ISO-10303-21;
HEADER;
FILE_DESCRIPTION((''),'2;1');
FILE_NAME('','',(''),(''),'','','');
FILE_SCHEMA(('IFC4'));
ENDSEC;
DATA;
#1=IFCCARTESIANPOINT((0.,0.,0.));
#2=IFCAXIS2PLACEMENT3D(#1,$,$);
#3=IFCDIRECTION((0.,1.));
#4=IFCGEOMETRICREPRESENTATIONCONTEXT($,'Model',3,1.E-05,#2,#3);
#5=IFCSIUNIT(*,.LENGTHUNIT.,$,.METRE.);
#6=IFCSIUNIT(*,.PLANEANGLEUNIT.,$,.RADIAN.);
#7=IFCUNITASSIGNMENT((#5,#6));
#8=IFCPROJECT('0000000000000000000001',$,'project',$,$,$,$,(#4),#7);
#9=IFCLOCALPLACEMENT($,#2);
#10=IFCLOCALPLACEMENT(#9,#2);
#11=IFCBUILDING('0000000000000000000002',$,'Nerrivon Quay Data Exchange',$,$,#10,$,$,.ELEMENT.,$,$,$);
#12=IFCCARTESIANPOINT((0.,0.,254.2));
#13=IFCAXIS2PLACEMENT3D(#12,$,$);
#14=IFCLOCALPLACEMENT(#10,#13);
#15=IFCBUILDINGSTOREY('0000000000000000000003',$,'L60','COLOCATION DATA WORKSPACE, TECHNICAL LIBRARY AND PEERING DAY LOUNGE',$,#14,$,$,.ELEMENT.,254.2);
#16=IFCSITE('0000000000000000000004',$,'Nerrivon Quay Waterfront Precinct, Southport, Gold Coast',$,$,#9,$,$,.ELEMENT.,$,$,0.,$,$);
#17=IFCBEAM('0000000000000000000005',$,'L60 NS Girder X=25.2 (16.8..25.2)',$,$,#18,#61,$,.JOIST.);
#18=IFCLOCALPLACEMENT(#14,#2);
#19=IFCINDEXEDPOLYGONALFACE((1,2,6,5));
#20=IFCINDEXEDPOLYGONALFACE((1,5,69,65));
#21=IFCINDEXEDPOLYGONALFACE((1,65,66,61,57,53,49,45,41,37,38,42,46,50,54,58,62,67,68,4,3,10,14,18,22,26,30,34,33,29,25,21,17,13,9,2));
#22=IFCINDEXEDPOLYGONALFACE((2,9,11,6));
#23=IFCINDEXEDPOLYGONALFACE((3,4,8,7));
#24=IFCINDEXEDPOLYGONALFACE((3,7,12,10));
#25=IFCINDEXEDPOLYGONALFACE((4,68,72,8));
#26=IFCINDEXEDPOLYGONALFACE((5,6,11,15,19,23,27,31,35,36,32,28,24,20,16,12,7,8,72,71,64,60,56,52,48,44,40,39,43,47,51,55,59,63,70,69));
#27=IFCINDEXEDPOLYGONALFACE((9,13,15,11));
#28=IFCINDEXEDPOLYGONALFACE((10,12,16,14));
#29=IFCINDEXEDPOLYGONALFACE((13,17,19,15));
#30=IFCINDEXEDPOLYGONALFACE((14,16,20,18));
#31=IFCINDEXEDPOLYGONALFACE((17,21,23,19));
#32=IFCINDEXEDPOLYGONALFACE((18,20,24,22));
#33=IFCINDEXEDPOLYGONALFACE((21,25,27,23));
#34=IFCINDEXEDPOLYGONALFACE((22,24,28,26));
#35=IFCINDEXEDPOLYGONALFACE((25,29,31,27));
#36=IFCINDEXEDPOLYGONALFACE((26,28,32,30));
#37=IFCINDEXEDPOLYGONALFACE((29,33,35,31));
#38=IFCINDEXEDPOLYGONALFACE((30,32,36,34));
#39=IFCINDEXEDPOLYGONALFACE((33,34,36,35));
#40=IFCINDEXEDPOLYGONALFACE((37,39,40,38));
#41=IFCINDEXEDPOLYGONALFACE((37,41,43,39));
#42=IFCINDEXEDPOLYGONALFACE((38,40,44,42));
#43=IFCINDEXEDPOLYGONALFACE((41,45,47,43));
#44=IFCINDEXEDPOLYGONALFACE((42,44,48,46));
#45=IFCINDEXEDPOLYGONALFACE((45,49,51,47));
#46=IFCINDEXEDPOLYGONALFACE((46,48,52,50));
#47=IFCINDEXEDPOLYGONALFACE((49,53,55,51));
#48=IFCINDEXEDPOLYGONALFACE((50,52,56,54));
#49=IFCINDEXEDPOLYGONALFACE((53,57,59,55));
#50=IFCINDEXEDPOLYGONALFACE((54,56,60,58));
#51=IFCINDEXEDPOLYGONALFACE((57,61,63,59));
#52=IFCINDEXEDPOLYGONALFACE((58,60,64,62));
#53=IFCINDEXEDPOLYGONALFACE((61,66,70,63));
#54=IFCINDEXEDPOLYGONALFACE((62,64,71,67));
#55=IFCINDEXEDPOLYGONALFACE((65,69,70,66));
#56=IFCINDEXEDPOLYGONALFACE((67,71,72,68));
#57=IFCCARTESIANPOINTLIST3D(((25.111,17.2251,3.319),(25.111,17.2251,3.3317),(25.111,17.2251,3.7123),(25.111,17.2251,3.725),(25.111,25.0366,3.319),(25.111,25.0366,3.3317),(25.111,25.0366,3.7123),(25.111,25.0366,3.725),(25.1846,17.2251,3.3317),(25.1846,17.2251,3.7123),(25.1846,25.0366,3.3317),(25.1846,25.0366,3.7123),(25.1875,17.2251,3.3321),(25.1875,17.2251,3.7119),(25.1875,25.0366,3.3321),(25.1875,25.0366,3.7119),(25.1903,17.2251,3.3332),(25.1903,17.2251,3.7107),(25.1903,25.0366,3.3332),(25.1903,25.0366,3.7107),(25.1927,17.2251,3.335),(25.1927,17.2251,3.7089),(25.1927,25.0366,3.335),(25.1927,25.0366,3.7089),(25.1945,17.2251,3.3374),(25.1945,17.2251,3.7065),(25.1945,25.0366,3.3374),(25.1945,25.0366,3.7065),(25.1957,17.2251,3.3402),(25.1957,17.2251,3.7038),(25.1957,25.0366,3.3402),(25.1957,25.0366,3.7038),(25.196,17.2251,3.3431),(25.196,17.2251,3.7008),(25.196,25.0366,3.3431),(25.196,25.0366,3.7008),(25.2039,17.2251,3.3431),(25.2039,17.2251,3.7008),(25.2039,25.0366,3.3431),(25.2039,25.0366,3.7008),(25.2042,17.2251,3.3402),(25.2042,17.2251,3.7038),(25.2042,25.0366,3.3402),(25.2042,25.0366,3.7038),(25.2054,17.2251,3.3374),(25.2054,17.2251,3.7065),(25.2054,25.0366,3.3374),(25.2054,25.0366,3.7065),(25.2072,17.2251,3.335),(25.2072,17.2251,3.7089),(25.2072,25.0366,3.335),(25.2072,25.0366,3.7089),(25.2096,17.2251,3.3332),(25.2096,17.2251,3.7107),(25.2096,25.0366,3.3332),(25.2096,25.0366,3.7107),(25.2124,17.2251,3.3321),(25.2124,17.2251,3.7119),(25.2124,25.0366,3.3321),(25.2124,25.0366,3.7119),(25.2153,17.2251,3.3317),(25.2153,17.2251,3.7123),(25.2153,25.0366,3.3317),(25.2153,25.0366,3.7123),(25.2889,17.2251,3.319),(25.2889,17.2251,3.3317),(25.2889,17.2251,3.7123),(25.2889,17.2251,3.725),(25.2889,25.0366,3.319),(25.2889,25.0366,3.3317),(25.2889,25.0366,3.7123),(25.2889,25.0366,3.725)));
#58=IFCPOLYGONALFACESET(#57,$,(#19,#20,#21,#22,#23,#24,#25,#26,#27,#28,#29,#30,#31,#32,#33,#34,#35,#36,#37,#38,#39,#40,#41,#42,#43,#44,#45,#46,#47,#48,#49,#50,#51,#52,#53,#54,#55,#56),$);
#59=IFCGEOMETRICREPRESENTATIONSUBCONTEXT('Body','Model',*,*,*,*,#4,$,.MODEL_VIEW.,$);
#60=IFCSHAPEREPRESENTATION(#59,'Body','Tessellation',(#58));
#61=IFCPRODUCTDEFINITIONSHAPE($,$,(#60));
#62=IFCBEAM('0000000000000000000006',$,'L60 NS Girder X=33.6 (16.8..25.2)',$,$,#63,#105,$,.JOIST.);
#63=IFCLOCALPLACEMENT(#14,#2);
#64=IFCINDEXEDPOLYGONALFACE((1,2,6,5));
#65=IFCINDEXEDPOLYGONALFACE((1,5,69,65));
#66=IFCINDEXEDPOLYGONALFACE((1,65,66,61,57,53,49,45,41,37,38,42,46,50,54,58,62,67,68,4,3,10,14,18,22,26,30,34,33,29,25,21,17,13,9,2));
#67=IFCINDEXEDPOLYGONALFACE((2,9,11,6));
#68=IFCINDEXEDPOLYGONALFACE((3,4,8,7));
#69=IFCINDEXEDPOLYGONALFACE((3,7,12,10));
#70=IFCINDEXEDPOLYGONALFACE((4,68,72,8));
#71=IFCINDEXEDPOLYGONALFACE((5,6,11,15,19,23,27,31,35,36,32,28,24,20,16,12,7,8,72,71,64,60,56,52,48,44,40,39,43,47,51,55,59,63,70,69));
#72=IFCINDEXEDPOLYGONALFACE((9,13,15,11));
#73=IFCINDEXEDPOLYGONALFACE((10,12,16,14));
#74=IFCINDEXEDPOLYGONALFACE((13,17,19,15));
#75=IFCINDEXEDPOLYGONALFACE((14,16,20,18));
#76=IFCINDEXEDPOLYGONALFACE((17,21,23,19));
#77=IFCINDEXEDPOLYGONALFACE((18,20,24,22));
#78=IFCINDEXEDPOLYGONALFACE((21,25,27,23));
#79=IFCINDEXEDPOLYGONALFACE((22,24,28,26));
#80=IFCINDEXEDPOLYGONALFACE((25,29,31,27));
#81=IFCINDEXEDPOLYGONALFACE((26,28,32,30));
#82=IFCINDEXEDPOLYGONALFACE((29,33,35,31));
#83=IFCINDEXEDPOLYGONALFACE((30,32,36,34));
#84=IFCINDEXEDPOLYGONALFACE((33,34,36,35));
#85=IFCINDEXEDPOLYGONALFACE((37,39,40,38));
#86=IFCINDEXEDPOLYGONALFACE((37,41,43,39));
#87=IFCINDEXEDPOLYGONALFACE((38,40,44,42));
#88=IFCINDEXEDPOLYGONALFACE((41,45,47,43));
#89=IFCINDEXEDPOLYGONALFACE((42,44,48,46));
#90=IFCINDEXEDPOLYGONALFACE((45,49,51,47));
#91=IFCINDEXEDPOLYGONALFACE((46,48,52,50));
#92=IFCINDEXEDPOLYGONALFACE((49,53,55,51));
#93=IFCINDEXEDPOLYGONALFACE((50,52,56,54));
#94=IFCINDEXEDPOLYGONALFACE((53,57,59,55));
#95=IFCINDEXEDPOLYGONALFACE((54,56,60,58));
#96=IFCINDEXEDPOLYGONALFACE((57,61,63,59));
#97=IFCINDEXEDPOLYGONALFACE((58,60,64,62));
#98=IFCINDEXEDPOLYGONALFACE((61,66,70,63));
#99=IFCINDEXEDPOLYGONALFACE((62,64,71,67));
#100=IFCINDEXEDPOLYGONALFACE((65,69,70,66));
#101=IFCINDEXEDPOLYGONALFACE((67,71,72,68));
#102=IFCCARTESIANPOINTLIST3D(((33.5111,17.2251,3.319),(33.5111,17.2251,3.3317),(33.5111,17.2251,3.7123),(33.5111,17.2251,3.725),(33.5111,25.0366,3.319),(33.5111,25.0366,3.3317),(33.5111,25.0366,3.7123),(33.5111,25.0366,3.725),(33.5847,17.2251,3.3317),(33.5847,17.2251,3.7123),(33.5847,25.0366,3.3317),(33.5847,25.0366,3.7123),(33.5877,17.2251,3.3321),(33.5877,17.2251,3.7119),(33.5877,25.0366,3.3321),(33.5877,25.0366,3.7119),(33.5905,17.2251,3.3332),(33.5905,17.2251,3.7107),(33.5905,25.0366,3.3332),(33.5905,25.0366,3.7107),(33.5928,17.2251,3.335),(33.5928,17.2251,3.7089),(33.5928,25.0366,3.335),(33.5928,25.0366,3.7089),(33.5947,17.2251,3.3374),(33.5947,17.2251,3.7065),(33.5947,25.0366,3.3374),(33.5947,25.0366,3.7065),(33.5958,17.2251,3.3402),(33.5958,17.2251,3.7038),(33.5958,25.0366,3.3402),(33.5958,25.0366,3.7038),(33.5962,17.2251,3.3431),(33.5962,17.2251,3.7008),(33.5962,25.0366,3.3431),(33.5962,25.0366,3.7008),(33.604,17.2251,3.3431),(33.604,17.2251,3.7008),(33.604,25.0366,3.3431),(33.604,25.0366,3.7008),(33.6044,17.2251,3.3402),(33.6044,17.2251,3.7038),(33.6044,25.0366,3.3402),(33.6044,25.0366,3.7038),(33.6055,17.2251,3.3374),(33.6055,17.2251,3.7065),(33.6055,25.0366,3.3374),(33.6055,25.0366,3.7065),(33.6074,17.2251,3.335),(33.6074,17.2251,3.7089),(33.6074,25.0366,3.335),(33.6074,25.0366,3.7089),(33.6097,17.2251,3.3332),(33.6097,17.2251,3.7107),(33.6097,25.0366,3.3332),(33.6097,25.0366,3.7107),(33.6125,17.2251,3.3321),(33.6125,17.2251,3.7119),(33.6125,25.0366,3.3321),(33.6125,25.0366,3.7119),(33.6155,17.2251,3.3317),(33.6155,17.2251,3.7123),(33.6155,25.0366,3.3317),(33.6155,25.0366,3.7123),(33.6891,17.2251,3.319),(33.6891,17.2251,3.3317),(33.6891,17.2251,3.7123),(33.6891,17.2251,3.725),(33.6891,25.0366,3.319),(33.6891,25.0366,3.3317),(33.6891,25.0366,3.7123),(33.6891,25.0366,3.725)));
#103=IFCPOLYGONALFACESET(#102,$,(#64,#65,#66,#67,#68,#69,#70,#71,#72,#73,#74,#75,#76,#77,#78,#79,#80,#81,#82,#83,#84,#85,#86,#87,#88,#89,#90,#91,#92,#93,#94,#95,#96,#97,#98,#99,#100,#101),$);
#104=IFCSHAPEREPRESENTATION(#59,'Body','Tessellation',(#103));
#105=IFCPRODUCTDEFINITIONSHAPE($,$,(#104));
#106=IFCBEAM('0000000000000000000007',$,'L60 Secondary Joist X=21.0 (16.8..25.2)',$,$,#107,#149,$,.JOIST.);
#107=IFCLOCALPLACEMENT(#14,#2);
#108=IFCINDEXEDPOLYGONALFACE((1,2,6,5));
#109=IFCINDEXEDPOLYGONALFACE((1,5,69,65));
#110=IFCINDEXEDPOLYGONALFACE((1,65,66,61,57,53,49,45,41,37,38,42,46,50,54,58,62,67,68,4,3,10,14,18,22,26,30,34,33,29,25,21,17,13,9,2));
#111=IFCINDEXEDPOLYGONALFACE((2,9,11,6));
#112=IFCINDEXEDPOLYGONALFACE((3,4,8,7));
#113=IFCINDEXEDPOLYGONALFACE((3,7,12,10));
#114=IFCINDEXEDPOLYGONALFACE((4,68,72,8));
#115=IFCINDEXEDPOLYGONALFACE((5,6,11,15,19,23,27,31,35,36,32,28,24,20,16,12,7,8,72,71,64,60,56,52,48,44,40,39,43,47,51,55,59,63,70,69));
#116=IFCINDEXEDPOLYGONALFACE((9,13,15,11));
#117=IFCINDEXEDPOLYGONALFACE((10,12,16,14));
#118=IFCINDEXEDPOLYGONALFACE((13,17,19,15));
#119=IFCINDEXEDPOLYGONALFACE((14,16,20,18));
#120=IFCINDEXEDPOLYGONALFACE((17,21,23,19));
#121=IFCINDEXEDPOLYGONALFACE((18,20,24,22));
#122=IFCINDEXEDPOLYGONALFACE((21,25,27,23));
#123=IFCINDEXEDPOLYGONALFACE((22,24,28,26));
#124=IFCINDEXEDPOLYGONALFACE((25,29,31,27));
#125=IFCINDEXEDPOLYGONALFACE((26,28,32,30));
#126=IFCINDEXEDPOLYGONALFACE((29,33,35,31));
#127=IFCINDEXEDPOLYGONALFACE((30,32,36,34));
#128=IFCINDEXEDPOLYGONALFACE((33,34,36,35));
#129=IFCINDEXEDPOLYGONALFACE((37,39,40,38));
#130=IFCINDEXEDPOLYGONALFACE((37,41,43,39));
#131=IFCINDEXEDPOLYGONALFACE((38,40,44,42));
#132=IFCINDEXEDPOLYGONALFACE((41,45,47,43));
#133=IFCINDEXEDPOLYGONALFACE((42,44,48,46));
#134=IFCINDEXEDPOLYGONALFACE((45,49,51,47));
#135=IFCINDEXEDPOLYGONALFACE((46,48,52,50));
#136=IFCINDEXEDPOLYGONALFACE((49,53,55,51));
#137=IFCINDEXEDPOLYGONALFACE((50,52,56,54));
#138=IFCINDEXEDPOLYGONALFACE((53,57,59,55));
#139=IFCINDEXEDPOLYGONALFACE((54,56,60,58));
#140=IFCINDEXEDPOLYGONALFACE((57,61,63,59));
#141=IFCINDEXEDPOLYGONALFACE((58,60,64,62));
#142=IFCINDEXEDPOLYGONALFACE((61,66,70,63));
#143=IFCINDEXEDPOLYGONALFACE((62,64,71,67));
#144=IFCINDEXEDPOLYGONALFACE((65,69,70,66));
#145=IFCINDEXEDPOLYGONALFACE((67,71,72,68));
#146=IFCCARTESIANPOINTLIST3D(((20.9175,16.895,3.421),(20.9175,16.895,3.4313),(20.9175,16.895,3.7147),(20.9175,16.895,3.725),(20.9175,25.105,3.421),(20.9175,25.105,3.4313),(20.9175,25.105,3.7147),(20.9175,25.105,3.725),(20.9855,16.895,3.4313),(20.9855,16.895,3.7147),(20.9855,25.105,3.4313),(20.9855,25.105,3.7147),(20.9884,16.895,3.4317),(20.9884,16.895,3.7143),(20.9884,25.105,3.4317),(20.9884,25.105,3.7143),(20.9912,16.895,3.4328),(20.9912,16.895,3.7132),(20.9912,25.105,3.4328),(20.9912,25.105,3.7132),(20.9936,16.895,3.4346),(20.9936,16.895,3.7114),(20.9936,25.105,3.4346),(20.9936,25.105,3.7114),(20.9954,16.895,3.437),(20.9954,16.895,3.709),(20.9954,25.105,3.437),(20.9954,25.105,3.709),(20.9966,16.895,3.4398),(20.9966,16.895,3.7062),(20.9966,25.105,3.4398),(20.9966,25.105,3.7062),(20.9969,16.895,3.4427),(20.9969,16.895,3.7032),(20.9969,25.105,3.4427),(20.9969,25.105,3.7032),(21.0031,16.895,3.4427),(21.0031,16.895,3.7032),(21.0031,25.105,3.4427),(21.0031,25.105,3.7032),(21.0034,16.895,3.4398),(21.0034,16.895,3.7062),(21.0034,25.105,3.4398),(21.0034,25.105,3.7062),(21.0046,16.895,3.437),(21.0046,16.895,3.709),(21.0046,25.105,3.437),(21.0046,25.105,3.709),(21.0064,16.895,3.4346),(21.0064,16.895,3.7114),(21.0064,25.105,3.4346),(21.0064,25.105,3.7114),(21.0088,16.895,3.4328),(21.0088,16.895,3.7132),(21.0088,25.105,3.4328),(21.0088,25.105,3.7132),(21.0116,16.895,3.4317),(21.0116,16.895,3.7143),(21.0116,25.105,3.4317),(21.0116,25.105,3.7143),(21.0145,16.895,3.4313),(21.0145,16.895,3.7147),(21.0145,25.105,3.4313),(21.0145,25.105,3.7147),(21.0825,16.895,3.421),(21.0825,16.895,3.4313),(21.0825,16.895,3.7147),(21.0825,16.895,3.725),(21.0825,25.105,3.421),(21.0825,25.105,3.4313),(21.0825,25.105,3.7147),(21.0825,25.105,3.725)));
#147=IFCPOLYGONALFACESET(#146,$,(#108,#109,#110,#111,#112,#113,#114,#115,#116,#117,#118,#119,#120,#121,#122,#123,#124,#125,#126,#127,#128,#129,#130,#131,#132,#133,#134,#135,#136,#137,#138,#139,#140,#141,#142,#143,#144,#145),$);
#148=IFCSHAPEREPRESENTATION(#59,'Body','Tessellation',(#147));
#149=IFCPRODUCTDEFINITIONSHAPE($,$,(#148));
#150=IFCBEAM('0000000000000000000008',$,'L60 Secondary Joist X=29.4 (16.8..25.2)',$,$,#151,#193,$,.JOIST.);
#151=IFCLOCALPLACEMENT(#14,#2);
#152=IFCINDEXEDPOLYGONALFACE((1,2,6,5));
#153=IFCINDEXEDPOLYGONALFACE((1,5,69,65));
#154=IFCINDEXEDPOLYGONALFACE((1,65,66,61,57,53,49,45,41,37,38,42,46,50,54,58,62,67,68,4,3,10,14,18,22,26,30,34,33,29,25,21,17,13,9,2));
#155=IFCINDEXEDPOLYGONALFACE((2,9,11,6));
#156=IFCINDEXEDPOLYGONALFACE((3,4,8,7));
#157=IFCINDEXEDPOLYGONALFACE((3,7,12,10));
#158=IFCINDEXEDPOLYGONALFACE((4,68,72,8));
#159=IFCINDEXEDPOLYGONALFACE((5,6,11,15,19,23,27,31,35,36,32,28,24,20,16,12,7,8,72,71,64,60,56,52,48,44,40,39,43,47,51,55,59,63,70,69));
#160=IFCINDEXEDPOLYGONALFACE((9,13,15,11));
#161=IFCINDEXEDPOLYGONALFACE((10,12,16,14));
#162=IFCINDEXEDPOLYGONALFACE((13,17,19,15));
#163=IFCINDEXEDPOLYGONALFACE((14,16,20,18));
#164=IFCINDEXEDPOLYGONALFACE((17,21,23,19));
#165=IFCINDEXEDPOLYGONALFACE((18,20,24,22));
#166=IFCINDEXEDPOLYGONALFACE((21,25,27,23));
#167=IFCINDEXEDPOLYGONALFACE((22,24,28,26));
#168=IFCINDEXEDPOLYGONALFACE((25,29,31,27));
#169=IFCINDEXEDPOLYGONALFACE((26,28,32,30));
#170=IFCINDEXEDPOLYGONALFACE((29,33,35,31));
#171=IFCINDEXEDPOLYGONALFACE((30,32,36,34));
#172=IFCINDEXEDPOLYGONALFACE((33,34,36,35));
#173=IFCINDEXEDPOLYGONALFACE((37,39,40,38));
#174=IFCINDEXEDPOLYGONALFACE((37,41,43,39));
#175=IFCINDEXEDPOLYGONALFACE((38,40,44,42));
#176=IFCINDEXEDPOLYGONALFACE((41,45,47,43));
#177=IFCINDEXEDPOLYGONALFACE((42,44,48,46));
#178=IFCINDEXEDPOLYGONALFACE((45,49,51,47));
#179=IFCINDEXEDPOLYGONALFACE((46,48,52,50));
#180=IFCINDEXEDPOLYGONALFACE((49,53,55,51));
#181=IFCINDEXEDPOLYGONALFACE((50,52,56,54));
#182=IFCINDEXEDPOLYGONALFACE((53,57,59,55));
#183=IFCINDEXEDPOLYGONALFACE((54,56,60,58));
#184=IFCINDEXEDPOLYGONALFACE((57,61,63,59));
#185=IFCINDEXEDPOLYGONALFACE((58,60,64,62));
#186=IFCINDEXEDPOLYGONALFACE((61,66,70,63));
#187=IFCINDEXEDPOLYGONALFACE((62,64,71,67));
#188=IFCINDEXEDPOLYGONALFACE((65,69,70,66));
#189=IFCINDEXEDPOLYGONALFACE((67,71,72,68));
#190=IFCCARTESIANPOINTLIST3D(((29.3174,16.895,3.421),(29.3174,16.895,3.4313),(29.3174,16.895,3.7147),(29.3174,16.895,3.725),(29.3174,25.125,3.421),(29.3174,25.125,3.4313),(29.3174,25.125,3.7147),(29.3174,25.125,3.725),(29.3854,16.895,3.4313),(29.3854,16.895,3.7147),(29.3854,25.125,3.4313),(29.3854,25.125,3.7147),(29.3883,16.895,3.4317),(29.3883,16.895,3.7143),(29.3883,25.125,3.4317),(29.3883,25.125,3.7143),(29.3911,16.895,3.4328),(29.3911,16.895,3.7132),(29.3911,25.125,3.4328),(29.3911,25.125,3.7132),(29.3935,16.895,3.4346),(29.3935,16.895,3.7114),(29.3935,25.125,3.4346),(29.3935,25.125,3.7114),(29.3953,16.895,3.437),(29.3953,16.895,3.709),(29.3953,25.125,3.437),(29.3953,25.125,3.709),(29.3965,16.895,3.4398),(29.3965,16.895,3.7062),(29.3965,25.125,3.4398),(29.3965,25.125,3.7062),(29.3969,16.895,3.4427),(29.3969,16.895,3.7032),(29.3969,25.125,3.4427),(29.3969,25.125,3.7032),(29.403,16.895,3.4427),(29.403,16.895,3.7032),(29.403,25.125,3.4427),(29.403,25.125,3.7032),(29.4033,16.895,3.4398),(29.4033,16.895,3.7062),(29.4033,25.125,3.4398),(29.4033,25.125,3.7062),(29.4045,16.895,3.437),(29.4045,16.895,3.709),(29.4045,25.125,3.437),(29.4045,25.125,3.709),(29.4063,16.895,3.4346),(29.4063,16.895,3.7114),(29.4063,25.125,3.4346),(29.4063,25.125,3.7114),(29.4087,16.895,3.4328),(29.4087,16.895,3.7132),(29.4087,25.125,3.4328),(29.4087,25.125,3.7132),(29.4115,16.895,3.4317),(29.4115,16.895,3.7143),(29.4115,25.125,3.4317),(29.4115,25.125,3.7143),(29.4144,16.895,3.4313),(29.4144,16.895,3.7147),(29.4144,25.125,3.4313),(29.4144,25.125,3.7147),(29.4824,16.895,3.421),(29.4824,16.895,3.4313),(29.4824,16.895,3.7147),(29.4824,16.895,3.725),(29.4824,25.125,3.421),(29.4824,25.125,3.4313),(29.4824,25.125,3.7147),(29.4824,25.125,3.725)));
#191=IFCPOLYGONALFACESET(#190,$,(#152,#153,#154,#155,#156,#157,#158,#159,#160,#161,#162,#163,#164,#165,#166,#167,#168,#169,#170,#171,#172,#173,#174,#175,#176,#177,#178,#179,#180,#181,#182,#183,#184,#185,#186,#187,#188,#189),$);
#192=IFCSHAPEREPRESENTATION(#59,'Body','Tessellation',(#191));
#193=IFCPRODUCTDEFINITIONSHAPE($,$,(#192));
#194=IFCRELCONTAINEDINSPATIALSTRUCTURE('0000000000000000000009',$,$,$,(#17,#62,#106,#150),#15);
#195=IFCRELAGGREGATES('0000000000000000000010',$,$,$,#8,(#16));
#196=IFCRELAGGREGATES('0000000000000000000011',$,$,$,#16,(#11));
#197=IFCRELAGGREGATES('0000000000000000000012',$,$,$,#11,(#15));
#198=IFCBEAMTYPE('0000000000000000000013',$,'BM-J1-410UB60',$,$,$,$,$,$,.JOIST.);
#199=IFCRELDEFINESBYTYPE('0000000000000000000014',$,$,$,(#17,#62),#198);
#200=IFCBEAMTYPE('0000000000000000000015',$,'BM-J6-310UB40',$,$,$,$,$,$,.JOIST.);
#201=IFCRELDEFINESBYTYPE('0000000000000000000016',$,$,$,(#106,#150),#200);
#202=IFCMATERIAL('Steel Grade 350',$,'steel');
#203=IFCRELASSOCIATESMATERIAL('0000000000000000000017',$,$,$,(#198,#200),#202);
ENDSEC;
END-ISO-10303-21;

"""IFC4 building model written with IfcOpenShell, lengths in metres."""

from ifc_helpers import new_model, si_unit, direction, frame, origin, origin_2d, place, context, subcontext, project, spatial, i_section, extrude, material, material_profile, profile_set, type_object, element, save


model = new_model("IFC4")

# Units and contexts
model_context = context("Model", 3, precision=1e-05, world=origin(), true_north=direction((0.0, 1.0)))
body_context = subcontext(model_context, "Body", "Model", "MODEL_VIEW")
ifc_project = project(units=[si_unit("LENGTHUNIT", "METRE"), si_unit("PLANEANGLEUNIT", "RADIAN")], contexts=[model_context])

# Site, building, storey
site_placement = place(None, origin())
site = spatial("IfcSite", under=ifc_project, at=site_placement, Name="Nerrivon Quay Waterfront Precinct, Southport, Gold Coast", CompositionType="ELEMENT", RefElevation=0.0)
building_placement = place(site_placement, origin())
building = spatial("IfcBuilding", under=site, at=building_placement, Name="Nerrivon Quay Data Exchange", CompositionType="ELEMENT")
storey_placement = place(building_placement, frame((0.0, 0.0, 254.2)))
storey = spatial("IfcBuildingStorey", under=building, at=storey_placement, Name="L60", Description="COLOCATION DATA WORKSPACE, TECHNICAL LIBRARY AND PEERING DAY LOUNGE", CompositionType="ELEMENT", Elevation=254.2)

# Beams
ifc_material_1 = material(Name="Steel Grade 350", Category="steel")
ifc_material_profile_1 = material_profile(ifc_material_1, i_section(OverallWidth=0.178, OverallDepth=0.406, WebThickness=0.0078, FlangeThickness=0.0127, FilletRadius=0.0115, at=origin_2d()), Name="410UB59.7")
ifc_profile_set_1 = profile_set([ifc_material_profile_1], Name="Steel Grade 350")
beam_type_1 = type_object("IfcBeamType", Name="BM-J1-410UB60", PredefinedType="JOIST", material=ifc_profile_set_1)
for number, where, z_axis, x_axis, name in (
    (1, (25.2, 17.2251, 3.522), (0.0, 1.0, 0.0), (-1.0, 0.0, 0.0), "L60 NS Girder X=25.2 (16.8..25.2)"),
    (2, (33.6001, 17.2251, 3.522), (0.0, 1.0, 0.0), (-1.0, 0.0, 0.0), "L60 NS Girder X=33.6 (16.8..25.2)"),
):
    element("IfcBeam", number, at=place(storey_placement, frame(where, z_axis=z_axis, x_axis=x_axis)), inside=storey, type_object=beam_type_1, Name=name, PredefinedType="JOIST", context=body_context, shape_type="SweptSolid", body=[
        extrude(i_section(OverallWidth=0.178, OverallDepth=0.406, WebThickness=0.0078, FlangeThickness=0.0127, FilletRadius=0.0115, at=origin_2d()), origin(), (0.0, 0.0, 1.0), 7.8115),
    ])
ifc_material_profile_2 = material_profile(ifc_material_1, i_section(OverallWidth=0.165, OverallDepth=0.304, WebThickness=0.0061, FlangeThickness=0.0103, FilletRadius=0.0115, at=origin_2d()), Name="310UB40.4")
ifc_profile_set_2 = profile_set([ifc_material_profile_2], Name="Steel Grade 350")
beam_type_2 = type_object("IfcBeamType", Name="BM-J6-310UB40", PredefinedType="JOIST", material=ifc_profile_set_2)
beam_1_placement = place(storey_placement, frame((21.0, 16.895, 3.573), z_axis=(0.0, 1.0, 0.0), x_axis=(-1.0, 0.0, 0.0)))
element("IfcBeam", 3, at=beam_1_placement, inside=storey, type_object=beam_type_2, Name="L60 Secondary Joist X=21.0 (16.8..25.2)", PredefinedType="JOIST", context=body_context, shape_type="SweptSolid", body=[
    extrude(i_section(OverallWidth=0.165, OverallDepth=0.304, WebThickness=0.0061, FlangeThickness=0.0103, FilletRadius=0.0115, at=origin_2d()), origin(), (0.0, 0.0, 1.0), 8.21),
])
beam_2_placement = place(storey_placement, frame((29.3999, 16.895, 3.573), z_axis=(0.0, 1.0, 0.0), x_axis=(-1.0, 0.0, 0.0)))
element("IfcBeam", 4, at=beam_2_placement, inside=storey, type_object=beam_type_2, Name="L60 Secondary Joist X=29.4 (16.8..25.2)", PredefinedType="JOIST", context=body_context, shape_type="SweptSolid", body=[
    extrude(i_section(OverallWidth=0.165, OverallDepth=0.304, WebThickness=0.0061, FlangeThickness=0.0103, FilletRadius=0.0115, at=origin_2d()), origin(), (0.0, 0.0, 1.0), 8.23),
])

save(model, "model.ifc")
